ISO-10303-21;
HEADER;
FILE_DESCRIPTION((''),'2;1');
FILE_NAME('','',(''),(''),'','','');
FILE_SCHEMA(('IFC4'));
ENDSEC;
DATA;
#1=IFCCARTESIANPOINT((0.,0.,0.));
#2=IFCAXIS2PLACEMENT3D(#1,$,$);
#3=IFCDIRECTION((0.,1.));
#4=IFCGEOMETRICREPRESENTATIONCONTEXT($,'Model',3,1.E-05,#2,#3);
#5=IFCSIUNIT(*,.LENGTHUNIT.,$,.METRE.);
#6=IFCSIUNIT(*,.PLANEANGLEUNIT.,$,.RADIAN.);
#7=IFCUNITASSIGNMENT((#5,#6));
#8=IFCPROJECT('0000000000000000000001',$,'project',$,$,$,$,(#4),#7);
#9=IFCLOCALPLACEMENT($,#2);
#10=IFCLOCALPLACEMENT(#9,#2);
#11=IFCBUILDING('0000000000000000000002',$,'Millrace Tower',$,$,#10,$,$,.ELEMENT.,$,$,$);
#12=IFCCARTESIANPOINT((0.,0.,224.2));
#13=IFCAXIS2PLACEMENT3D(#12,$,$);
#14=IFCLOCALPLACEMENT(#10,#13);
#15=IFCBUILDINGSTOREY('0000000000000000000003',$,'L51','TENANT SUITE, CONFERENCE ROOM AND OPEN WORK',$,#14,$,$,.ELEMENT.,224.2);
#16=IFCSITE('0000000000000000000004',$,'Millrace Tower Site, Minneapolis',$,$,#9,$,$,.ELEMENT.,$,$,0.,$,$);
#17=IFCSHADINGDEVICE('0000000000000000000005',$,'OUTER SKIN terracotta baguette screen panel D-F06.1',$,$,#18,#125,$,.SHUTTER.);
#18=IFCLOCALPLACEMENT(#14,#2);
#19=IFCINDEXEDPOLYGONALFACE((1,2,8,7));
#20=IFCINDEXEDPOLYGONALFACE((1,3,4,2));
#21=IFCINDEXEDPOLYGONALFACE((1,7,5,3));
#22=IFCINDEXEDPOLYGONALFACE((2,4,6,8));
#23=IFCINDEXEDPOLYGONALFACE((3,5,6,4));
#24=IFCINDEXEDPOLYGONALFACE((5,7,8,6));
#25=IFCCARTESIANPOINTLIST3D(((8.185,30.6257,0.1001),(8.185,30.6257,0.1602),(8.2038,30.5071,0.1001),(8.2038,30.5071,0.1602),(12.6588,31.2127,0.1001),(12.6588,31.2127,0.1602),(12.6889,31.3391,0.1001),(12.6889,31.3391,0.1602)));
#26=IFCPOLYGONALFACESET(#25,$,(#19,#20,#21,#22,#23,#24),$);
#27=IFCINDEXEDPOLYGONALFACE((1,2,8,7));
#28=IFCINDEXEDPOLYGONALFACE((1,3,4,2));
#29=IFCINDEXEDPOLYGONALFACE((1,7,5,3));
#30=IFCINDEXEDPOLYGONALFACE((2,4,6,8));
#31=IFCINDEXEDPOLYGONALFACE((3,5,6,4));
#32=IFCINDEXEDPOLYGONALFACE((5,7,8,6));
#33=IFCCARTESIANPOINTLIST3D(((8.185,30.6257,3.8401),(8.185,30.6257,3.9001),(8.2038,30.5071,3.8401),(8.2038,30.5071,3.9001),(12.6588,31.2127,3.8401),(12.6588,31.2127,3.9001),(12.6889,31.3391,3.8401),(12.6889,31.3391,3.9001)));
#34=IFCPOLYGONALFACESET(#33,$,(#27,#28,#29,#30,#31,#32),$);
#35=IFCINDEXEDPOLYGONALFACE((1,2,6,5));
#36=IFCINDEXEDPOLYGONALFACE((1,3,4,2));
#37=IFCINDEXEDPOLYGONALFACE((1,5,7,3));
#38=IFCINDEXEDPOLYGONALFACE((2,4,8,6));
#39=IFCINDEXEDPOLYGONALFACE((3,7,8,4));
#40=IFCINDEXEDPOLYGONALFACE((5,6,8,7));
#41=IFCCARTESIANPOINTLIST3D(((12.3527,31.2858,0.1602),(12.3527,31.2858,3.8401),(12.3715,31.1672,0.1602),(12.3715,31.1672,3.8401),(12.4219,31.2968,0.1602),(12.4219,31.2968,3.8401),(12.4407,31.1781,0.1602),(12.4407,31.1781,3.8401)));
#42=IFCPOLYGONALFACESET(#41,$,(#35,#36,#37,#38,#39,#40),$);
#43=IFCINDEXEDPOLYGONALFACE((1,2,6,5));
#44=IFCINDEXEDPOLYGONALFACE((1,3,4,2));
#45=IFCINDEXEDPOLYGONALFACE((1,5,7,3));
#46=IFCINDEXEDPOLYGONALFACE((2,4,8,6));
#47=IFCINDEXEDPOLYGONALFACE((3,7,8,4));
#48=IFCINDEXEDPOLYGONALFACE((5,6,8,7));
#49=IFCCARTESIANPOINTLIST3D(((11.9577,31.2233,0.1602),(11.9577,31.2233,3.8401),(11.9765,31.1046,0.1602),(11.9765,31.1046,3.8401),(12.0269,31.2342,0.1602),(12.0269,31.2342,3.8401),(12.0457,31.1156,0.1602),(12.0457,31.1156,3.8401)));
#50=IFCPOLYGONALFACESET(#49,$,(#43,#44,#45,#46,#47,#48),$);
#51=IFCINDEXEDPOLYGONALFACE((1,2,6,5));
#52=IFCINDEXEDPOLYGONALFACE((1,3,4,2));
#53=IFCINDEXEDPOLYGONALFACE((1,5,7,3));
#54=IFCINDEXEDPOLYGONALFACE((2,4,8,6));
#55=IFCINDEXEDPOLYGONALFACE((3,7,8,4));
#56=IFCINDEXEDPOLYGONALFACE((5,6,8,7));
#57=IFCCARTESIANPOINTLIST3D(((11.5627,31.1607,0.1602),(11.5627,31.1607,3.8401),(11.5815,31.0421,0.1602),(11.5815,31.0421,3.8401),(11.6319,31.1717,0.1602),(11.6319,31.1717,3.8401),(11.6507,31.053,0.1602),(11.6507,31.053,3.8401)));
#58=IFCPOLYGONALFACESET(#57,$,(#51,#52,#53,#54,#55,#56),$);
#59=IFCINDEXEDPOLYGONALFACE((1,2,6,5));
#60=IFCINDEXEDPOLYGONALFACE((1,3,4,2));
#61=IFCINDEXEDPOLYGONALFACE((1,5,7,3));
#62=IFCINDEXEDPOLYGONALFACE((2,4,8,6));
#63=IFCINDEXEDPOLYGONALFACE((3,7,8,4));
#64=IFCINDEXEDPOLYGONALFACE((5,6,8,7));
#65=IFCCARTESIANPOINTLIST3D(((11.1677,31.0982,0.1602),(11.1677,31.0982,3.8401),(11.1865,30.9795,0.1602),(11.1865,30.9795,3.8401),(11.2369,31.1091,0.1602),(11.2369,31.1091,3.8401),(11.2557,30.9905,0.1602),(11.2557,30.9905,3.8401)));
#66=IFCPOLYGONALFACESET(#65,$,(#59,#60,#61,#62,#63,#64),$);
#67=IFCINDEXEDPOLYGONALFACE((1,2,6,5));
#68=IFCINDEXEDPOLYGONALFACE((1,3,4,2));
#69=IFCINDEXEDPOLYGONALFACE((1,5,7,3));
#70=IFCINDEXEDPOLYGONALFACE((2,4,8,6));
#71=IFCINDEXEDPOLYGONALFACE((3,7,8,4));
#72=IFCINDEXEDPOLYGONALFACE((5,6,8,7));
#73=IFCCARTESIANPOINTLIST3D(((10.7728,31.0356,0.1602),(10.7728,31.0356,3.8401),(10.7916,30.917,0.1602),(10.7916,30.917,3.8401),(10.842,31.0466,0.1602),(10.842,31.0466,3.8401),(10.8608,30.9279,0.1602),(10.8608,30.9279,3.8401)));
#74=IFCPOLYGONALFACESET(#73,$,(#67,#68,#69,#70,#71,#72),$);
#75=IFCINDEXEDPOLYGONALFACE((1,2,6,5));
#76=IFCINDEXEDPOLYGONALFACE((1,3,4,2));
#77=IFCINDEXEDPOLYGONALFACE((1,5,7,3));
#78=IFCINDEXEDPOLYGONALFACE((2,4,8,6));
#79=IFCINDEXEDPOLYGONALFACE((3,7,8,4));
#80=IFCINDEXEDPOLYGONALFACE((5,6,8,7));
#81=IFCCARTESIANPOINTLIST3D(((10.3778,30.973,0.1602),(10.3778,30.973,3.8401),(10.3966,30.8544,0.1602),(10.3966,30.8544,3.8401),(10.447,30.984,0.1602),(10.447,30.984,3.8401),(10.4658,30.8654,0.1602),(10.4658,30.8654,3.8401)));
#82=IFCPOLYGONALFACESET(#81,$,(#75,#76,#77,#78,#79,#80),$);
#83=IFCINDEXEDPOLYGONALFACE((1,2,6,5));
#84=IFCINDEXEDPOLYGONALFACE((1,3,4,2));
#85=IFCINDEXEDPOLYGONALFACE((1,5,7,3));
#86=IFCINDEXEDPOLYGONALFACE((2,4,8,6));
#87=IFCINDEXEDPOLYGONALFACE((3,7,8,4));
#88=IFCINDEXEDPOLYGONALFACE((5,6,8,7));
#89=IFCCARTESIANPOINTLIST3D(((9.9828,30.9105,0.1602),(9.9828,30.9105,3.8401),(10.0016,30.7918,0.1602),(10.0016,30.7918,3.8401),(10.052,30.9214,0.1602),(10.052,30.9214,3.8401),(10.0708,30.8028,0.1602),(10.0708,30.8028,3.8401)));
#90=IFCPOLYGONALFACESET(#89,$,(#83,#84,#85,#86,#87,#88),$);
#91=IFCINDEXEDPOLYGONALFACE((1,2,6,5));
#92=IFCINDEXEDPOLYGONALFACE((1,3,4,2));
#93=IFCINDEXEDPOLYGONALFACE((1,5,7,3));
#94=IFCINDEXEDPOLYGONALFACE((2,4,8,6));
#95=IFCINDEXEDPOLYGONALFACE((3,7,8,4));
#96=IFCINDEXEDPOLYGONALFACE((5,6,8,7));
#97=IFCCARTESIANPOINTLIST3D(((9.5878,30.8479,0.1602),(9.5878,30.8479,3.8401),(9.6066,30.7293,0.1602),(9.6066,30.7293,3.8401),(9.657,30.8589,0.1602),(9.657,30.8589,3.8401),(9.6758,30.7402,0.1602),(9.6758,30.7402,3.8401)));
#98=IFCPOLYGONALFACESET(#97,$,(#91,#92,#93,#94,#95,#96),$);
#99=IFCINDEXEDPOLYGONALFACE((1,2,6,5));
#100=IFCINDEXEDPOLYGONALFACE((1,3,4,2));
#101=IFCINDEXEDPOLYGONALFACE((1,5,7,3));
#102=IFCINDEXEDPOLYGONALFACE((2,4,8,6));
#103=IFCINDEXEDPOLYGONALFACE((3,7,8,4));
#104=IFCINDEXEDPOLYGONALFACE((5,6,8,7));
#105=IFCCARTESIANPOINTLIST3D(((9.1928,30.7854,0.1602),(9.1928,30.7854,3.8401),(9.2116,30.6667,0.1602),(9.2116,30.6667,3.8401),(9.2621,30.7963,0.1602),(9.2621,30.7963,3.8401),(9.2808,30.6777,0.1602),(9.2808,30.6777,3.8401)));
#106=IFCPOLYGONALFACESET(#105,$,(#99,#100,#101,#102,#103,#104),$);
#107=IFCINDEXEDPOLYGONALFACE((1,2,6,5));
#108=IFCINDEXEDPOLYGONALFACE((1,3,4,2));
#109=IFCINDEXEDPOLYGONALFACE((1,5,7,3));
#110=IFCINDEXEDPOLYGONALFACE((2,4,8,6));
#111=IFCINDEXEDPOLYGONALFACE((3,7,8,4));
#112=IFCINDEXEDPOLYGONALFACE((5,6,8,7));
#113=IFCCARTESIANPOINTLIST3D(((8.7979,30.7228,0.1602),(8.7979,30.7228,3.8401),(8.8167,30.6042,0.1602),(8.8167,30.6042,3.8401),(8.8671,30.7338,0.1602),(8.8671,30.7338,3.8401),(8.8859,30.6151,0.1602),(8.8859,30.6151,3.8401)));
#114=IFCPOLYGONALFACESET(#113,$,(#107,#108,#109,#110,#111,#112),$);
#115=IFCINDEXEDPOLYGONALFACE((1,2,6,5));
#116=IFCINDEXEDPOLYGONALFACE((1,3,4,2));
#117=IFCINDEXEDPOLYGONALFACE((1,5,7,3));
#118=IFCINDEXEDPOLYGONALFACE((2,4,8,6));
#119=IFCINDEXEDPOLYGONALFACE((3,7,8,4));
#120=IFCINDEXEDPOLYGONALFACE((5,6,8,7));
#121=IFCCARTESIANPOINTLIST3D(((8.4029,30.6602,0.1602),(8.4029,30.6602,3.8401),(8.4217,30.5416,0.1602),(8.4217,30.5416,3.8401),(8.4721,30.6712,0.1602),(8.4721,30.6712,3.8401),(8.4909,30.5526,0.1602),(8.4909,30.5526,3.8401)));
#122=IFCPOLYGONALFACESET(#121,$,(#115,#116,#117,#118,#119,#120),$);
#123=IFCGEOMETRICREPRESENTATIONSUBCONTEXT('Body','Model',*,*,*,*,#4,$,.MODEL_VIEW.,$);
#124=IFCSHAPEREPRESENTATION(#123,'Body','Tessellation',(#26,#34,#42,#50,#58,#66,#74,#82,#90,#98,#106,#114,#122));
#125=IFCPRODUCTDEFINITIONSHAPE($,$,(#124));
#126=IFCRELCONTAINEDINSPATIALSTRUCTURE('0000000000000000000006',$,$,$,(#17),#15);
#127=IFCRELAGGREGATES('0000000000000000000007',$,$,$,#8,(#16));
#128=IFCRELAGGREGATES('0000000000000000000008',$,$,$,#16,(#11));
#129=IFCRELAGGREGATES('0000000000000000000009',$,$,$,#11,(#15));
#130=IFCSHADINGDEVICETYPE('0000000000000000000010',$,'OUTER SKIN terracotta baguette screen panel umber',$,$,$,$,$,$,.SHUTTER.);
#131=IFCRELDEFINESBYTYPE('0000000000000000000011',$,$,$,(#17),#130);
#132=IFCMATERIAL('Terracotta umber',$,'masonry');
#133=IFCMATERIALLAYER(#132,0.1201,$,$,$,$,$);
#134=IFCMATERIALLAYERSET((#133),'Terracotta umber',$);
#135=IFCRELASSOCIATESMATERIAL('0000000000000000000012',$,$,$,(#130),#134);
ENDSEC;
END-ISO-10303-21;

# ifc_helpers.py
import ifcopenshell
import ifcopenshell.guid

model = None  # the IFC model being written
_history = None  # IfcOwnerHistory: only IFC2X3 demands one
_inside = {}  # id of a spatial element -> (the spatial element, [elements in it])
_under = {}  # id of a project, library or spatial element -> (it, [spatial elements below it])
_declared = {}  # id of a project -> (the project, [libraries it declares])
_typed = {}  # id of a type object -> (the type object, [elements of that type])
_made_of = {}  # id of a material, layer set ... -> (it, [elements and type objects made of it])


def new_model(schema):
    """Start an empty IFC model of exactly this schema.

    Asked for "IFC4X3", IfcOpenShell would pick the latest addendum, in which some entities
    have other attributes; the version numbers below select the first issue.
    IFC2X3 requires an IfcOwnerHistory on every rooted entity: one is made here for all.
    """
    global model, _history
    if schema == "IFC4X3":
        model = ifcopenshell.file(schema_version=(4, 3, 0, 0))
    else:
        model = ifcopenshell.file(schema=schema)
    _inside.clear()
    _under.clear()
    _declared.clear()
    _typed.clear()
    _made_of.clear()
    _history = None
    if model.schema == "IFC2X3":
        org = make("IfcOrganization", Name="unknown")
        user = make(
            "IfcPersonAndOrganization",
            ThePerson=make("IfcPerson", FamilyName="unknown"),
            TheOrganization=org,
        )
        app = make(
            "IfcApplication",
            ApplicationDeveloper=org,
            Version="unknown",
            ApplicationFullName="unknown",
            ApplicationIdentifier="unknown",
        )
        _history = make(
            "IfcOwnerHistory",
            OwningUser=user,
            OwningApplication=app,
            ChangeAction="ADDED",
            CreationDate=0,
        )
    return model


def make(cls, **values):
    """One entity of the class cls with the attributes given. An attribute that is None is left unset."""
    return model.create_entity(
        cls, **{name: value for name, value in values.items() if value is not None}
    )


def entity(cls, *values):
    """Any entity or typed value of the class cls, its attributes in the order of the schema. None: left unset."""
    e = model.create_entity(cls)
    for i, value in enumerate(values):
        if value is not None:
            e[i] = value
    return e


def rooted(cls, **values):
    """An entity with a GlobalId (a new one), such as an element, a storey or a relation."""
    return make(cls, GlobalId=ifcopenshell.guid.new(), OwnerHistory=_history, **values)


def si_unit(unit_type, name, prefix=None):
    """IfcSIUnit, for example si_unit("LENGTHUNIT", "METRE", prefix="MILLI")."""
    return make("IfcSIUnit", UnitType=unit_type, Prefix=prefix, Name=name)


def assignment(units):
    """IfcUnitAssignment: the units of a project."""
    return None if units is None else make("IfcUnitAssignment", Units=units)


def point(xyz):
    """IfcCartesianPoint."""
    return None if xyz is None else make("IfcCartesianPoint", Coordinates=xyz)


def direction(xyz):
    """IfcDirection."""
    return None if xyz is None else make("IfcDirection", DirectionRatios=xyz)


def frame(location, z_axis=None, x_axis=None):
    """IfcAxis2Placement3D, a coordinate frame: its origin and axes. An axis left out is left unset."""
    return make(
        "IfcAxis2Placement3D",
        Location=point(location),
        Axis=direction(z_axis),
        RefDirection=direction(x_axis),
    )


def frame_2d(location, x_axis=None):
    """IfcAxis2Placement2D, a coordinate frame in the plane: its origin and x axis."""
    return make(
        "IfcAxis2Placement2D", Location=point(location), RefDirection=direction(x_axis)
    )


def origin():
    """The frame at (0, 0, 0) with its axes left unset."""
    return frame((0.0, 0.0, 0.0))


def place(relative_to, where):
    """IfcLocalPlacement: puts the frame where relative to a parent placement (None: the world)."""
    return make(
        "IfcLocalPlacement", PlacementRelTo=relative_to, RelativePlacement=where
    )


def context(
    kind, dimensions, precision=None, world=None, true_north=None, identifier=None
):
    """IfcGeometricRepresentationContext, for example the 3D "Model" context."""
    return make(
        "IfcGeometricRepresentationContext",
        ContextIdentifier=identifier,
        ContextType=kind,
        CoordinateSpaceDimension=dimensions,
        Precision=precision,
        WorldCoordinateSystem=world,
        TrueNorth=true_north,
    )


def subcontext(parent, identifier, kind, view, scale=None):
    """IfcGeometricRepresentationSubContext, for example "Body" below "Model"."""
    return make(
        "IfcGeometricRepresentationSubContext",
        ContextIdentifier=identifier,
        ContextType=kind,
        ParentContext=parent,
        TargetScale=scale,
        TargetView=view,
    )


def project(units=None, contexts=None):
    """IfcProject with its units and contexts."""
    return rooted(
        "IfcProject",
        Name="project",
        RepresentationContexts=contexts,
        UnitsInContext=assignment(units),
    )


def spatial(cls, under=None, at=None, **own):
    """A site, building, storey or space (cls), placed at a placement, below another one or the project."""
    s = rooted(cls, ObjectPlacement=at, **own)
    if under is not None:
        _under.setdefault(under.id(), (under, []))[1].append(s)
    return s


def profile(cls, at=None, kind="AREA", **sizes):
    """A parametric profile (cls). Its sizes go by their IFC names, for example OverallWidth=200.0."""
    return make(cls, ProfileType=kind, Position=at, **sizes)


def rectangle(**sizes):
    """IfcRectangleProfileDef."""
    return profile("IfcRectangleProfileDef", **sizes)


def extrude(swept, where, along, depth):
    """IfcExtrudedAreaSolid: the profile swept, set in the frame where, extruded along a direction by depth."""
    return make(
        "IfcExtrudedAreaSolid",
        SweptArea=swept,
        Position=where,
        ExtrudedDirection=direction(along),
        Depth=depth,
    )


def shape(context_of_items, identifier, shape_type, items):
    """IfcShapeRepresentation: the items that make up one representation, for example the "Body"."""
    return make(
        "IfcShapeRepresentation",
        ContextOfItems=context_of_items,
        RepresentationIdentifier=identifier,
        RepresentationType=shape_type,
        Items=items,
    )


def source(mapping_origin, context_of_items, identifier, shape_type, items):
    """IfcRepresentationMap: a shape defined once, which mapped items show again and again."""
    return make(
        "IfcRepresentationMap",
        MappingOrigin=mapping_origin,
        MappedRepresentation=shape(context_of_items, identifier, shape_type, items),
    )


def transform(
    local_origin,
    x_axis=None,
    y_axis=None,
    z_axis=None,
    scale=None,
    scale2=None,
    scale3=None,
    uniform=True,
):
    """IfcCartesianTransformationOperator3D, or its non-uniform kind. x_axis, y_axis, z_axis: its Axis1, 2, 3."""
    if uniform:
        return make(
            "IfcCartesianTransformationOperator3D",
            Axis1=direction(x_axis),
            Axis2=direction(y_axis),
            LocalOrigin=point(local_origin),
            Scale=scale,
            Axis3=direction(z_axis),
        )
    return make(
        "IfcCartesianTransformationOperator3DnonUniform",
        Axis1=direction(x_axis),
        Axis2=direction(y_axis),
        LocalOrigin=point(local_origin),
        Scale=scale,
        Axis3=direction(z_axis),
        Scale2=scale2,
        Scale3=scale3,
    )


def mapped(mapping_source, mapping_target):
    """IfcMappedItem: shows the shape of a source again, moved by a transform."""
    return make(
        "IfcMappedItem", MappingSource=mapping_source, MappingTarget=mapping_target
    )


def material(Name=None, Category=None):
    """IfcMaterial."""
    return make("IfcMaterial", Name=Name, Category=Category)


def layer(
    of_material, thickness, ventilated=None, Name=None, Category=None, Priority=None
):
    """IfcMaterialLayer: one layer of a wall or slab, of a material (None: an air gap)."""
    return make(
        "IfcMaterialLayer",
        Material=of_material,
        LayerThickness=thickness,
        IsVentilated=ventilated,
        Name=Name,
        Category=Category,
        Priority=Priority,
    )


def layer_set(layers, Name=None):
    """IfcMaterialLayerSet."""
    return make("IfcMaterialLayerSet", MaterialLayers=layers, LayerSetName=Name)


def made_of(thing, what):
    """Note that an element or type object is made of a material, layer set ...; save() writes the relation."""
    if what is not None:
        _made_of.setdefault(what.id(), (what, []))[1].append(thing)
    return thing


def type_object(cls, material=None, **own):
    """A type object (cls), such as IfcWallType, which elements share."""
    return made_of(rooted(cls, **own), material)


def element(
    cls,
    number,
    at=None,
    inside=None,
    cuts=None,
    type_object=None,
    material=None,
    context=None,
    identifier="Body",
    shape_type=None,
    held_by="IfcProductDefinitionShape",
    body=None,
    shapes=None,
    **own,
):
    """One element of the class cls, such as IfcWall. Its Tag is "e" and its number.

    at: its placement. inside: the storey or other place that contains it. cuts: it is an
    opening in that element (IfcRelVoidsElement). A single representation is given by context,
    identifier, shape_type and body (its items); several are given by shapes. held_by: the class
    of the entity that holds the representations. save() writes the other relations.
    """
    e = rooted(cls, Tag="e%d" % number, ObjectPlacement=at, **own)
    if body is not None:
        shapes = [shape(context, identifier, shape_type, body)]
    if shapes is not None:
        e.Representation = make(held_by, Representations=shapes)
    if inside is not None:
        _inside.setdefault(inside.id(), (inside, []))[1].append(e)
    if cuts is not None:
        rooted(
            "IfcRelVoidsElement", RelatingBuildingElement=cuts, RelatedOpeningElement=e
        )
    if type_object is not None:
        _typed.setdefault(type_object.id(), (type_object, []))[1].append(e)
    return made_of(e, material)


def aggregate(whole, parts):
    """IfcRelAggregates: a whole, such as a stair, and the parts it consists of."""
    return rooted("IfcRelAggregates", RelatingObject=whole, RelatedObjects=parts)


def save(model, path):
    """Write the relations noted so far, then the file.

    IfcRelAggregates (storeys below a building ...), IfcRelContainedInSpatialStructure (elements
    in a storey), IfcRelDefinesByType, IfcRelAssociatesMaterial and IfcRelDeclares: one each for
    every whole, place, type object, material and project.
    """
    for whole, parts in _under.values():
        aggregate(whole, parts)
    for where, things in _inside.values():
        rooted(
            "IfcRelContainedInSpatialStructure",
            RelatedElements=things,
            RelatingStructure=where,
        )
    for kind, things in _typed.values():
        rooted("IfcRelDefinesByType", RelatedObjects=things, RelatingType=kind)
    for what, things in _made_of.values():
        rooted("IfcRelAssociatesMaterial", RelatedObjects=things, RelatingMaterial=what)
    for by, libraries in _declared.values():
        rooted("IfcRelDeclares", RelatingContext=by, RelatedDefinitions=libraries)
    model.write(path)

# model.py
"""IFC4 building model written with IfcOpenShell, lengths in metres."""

from ifc_helpers import new_model, entity, si_unit, direction, frame, frame_2d, origin, place, context, subcontext, project, spatial, rectangle, extrude, source, transform, mapped, material, layer, layer_set, type_object, element, save


model = new_model("IFC4")

# Units and contexts
model_context = context("Model", 3, precision=1e-05, world=origin(), true_north=direction((0.0, 1.0)))
body_context = subcontext(model_context, "Body", "Model", "MODEL_VIEW")
ifc_project = project(units=[si_unit("LENGTHUNIT", "METRE"), si_unit("PLANEANGLEUNIT", "RADIAN")], contexts=[model_context])

# Site, building, storey
site_placement = place(None, origin())
site = spatial("IfcSite", under=ifc_project, at=site_placement, Name="Millrace Tower Site, Minneapolis", CompositionType="ELEMENT", RefElevation=0.0)
building_placement = place(site_placement, origin())
building = spatial("IfcBuilding", under=site, at=building_placement, Name="Millrace Tower", CompositionType="ELEMENT")
storey_placement = place(building_placement, frame((0.0, 0.0, 224.2)))
storey = spatial("IfcBuildingStorey", under=building, at=storey_placement, Name="L51", Description="TENANT SUITE, CONFERENCE ROOM AND OPEN WORK", CompositionType="ELEMENT", Elevation=224.2)

# Shading device
ifc_material_1 = material(Name="Terracotta umber", Category="masonry")
ifc_layer_1 = layer(ifc_material_1, 0.1201)
ifc_layer_set_1 = layer_set([ifc_layer_1], Name="Terracotta umber")
shading_device_type = type_object("IfcShadingDeviceType", Name="OUTER SKIN terracotta baguette screen panel umber", PredefinedType="SHUTTER", material=ifc_layer_set_1)
cartesian_point_1 = entity("IfcCartesianPoint", [-2.2429, 0.0601])
shared_polyline_1 = entity("IfcPolyline", [cartesian_point_1, entity("IfcCartesianPoint", [2.2676, 0.0601]), entity("IfcCartesianPoint", [2.2676, -0.0601]), entity("IfcCartesianPoint", [-2.2925, -0.0601]), cartesian_point_1])
shared_shape_1 = source(origin(), body_context, "Body", "SweptSolid", [
    entity("IfcExtrudedAreaSolid", entity("IfcArbitraryClosedProfileDef", "AREA", None, shared_polyline_1), entity("IfcAxis2Placement3D", entity("IfcCartesianPoint", [0.0, 0.0, 0.0])), entity("IfcDirection", [0.0, 0.0, 1.0]), 0.0601),
    entity("IfcExtrudedAreaSolid", entity("IfcArbitraryClosedProfileDef", "AREA", None, shared_polyline_1), entity("IfcAxis2Placement3D", entity("IfcCartesianPoint", [0.0, 0.0, 3.74])), entity("IfcDirection", [0.0, 0.0, 1.0]), 0.0601),
    extrude(rectangle(XDim=0.0701, YDim=0.1201, at=frame_2d((-1.9871, 0.0))), frame((0.0, 0.0, 0.0601)), (0.0, 0.0, 1.0), 3.6799),
    extrude(rectangle(XDim=0.0701, YDim=0.1201, at=frame_2d((-1.5872, 0.0))), frame((0.0, 0.0, 0.0601)), (0.0, 0.0, 1.0), 3.6799),
    extrude(rectangle(XDim=0.0701, YDim=0.1201, at=frame_2d((-1.1873, 0.0))), frame((0.0, 0.0, 0.0601)), (0.0, 0.0, 1.0), 3.6799),
    extrude(rectangle(XDim=0.0701, YDim=0.1201, at=frame_2d((-0.7874, 0.0))), frame((0.0, 0.0, 0.0601)), (0.0, 0.0, 1.0), 3.6799),
    extrude(rectangle(XDim=0.0701, YDim=0.1201, at=frame_2d((-0.3875, 0.0))), frame((0.0, 0.0, 0.0601)), (0.0, 0.0, 1.0), 3.6799),
    extrude(rectangle(XDim=0.0701, YDim=0.1201, at=frame_2d((0.0125, 0.0))), frame((0.0, 0.0, 0.0601)), (0.0, 0.0, 1.0), 3.6799),
    extrude(rectangle(XDim=0.0701, YDim=0.1201, at=frame_2d((0.4124, 0.0))), frame((0.0, 0.0, 0.0601)), (0.0, 0.0, 1.0), 3.6799),
    extrude(rectangle(XDim=0.0701, YDim=0.1201, at=frame_2d((0.8123, 0.0))), frame((0.0, 0.0, 0.0601)), (0.0, 0.0, 1.0), 3.6799),
    extrude(rectangle(XDim=0.0701, YDim=0.1201, at=frame_2d((1.2122, 0.0))), frame((0.0, 0.0, 0.0601)), (0.0, 0.0, 1.0), 3.6799),
    extrude(rectangle(XDim=0.0701, YDim=0.1201, at=frame_2d((1.6121, 0.0))), frame((0.0, 0.0, 0.0601)), (0.0, 0.0, 1.0), 3.6799),
    extrude(rectangle(XDim=0.0701, YDim=0.1201, at=frame_2d((2.012, 0.0))), frame((0.0, 0.0, 0.0601)), (0.0, 0.0, 1.0), 3.6799),
])
shading_device_1_placement = place(storey_placement, frame((10.4341, 30.9211, 0.1001), z_axis=(0.0, 0.0, 1.0), x_axis=(-0.987688, -0.156434, 0.0)))
element("IfcShadingDevice", 1, at=shading_device_1_placement, inside=storey, type_object=shading_device_type, Name="OUTER SKIN terracotta baguette screen panel D-F06.1", PredefinedType="SHUTTER", context=body_context, shape_type="MappedRepresentation", body=[
    mapped(shared_shape_1, transform((0.0, 0.0, 0.0), scale=1.0)),
])

save(model, "model.ifc")
